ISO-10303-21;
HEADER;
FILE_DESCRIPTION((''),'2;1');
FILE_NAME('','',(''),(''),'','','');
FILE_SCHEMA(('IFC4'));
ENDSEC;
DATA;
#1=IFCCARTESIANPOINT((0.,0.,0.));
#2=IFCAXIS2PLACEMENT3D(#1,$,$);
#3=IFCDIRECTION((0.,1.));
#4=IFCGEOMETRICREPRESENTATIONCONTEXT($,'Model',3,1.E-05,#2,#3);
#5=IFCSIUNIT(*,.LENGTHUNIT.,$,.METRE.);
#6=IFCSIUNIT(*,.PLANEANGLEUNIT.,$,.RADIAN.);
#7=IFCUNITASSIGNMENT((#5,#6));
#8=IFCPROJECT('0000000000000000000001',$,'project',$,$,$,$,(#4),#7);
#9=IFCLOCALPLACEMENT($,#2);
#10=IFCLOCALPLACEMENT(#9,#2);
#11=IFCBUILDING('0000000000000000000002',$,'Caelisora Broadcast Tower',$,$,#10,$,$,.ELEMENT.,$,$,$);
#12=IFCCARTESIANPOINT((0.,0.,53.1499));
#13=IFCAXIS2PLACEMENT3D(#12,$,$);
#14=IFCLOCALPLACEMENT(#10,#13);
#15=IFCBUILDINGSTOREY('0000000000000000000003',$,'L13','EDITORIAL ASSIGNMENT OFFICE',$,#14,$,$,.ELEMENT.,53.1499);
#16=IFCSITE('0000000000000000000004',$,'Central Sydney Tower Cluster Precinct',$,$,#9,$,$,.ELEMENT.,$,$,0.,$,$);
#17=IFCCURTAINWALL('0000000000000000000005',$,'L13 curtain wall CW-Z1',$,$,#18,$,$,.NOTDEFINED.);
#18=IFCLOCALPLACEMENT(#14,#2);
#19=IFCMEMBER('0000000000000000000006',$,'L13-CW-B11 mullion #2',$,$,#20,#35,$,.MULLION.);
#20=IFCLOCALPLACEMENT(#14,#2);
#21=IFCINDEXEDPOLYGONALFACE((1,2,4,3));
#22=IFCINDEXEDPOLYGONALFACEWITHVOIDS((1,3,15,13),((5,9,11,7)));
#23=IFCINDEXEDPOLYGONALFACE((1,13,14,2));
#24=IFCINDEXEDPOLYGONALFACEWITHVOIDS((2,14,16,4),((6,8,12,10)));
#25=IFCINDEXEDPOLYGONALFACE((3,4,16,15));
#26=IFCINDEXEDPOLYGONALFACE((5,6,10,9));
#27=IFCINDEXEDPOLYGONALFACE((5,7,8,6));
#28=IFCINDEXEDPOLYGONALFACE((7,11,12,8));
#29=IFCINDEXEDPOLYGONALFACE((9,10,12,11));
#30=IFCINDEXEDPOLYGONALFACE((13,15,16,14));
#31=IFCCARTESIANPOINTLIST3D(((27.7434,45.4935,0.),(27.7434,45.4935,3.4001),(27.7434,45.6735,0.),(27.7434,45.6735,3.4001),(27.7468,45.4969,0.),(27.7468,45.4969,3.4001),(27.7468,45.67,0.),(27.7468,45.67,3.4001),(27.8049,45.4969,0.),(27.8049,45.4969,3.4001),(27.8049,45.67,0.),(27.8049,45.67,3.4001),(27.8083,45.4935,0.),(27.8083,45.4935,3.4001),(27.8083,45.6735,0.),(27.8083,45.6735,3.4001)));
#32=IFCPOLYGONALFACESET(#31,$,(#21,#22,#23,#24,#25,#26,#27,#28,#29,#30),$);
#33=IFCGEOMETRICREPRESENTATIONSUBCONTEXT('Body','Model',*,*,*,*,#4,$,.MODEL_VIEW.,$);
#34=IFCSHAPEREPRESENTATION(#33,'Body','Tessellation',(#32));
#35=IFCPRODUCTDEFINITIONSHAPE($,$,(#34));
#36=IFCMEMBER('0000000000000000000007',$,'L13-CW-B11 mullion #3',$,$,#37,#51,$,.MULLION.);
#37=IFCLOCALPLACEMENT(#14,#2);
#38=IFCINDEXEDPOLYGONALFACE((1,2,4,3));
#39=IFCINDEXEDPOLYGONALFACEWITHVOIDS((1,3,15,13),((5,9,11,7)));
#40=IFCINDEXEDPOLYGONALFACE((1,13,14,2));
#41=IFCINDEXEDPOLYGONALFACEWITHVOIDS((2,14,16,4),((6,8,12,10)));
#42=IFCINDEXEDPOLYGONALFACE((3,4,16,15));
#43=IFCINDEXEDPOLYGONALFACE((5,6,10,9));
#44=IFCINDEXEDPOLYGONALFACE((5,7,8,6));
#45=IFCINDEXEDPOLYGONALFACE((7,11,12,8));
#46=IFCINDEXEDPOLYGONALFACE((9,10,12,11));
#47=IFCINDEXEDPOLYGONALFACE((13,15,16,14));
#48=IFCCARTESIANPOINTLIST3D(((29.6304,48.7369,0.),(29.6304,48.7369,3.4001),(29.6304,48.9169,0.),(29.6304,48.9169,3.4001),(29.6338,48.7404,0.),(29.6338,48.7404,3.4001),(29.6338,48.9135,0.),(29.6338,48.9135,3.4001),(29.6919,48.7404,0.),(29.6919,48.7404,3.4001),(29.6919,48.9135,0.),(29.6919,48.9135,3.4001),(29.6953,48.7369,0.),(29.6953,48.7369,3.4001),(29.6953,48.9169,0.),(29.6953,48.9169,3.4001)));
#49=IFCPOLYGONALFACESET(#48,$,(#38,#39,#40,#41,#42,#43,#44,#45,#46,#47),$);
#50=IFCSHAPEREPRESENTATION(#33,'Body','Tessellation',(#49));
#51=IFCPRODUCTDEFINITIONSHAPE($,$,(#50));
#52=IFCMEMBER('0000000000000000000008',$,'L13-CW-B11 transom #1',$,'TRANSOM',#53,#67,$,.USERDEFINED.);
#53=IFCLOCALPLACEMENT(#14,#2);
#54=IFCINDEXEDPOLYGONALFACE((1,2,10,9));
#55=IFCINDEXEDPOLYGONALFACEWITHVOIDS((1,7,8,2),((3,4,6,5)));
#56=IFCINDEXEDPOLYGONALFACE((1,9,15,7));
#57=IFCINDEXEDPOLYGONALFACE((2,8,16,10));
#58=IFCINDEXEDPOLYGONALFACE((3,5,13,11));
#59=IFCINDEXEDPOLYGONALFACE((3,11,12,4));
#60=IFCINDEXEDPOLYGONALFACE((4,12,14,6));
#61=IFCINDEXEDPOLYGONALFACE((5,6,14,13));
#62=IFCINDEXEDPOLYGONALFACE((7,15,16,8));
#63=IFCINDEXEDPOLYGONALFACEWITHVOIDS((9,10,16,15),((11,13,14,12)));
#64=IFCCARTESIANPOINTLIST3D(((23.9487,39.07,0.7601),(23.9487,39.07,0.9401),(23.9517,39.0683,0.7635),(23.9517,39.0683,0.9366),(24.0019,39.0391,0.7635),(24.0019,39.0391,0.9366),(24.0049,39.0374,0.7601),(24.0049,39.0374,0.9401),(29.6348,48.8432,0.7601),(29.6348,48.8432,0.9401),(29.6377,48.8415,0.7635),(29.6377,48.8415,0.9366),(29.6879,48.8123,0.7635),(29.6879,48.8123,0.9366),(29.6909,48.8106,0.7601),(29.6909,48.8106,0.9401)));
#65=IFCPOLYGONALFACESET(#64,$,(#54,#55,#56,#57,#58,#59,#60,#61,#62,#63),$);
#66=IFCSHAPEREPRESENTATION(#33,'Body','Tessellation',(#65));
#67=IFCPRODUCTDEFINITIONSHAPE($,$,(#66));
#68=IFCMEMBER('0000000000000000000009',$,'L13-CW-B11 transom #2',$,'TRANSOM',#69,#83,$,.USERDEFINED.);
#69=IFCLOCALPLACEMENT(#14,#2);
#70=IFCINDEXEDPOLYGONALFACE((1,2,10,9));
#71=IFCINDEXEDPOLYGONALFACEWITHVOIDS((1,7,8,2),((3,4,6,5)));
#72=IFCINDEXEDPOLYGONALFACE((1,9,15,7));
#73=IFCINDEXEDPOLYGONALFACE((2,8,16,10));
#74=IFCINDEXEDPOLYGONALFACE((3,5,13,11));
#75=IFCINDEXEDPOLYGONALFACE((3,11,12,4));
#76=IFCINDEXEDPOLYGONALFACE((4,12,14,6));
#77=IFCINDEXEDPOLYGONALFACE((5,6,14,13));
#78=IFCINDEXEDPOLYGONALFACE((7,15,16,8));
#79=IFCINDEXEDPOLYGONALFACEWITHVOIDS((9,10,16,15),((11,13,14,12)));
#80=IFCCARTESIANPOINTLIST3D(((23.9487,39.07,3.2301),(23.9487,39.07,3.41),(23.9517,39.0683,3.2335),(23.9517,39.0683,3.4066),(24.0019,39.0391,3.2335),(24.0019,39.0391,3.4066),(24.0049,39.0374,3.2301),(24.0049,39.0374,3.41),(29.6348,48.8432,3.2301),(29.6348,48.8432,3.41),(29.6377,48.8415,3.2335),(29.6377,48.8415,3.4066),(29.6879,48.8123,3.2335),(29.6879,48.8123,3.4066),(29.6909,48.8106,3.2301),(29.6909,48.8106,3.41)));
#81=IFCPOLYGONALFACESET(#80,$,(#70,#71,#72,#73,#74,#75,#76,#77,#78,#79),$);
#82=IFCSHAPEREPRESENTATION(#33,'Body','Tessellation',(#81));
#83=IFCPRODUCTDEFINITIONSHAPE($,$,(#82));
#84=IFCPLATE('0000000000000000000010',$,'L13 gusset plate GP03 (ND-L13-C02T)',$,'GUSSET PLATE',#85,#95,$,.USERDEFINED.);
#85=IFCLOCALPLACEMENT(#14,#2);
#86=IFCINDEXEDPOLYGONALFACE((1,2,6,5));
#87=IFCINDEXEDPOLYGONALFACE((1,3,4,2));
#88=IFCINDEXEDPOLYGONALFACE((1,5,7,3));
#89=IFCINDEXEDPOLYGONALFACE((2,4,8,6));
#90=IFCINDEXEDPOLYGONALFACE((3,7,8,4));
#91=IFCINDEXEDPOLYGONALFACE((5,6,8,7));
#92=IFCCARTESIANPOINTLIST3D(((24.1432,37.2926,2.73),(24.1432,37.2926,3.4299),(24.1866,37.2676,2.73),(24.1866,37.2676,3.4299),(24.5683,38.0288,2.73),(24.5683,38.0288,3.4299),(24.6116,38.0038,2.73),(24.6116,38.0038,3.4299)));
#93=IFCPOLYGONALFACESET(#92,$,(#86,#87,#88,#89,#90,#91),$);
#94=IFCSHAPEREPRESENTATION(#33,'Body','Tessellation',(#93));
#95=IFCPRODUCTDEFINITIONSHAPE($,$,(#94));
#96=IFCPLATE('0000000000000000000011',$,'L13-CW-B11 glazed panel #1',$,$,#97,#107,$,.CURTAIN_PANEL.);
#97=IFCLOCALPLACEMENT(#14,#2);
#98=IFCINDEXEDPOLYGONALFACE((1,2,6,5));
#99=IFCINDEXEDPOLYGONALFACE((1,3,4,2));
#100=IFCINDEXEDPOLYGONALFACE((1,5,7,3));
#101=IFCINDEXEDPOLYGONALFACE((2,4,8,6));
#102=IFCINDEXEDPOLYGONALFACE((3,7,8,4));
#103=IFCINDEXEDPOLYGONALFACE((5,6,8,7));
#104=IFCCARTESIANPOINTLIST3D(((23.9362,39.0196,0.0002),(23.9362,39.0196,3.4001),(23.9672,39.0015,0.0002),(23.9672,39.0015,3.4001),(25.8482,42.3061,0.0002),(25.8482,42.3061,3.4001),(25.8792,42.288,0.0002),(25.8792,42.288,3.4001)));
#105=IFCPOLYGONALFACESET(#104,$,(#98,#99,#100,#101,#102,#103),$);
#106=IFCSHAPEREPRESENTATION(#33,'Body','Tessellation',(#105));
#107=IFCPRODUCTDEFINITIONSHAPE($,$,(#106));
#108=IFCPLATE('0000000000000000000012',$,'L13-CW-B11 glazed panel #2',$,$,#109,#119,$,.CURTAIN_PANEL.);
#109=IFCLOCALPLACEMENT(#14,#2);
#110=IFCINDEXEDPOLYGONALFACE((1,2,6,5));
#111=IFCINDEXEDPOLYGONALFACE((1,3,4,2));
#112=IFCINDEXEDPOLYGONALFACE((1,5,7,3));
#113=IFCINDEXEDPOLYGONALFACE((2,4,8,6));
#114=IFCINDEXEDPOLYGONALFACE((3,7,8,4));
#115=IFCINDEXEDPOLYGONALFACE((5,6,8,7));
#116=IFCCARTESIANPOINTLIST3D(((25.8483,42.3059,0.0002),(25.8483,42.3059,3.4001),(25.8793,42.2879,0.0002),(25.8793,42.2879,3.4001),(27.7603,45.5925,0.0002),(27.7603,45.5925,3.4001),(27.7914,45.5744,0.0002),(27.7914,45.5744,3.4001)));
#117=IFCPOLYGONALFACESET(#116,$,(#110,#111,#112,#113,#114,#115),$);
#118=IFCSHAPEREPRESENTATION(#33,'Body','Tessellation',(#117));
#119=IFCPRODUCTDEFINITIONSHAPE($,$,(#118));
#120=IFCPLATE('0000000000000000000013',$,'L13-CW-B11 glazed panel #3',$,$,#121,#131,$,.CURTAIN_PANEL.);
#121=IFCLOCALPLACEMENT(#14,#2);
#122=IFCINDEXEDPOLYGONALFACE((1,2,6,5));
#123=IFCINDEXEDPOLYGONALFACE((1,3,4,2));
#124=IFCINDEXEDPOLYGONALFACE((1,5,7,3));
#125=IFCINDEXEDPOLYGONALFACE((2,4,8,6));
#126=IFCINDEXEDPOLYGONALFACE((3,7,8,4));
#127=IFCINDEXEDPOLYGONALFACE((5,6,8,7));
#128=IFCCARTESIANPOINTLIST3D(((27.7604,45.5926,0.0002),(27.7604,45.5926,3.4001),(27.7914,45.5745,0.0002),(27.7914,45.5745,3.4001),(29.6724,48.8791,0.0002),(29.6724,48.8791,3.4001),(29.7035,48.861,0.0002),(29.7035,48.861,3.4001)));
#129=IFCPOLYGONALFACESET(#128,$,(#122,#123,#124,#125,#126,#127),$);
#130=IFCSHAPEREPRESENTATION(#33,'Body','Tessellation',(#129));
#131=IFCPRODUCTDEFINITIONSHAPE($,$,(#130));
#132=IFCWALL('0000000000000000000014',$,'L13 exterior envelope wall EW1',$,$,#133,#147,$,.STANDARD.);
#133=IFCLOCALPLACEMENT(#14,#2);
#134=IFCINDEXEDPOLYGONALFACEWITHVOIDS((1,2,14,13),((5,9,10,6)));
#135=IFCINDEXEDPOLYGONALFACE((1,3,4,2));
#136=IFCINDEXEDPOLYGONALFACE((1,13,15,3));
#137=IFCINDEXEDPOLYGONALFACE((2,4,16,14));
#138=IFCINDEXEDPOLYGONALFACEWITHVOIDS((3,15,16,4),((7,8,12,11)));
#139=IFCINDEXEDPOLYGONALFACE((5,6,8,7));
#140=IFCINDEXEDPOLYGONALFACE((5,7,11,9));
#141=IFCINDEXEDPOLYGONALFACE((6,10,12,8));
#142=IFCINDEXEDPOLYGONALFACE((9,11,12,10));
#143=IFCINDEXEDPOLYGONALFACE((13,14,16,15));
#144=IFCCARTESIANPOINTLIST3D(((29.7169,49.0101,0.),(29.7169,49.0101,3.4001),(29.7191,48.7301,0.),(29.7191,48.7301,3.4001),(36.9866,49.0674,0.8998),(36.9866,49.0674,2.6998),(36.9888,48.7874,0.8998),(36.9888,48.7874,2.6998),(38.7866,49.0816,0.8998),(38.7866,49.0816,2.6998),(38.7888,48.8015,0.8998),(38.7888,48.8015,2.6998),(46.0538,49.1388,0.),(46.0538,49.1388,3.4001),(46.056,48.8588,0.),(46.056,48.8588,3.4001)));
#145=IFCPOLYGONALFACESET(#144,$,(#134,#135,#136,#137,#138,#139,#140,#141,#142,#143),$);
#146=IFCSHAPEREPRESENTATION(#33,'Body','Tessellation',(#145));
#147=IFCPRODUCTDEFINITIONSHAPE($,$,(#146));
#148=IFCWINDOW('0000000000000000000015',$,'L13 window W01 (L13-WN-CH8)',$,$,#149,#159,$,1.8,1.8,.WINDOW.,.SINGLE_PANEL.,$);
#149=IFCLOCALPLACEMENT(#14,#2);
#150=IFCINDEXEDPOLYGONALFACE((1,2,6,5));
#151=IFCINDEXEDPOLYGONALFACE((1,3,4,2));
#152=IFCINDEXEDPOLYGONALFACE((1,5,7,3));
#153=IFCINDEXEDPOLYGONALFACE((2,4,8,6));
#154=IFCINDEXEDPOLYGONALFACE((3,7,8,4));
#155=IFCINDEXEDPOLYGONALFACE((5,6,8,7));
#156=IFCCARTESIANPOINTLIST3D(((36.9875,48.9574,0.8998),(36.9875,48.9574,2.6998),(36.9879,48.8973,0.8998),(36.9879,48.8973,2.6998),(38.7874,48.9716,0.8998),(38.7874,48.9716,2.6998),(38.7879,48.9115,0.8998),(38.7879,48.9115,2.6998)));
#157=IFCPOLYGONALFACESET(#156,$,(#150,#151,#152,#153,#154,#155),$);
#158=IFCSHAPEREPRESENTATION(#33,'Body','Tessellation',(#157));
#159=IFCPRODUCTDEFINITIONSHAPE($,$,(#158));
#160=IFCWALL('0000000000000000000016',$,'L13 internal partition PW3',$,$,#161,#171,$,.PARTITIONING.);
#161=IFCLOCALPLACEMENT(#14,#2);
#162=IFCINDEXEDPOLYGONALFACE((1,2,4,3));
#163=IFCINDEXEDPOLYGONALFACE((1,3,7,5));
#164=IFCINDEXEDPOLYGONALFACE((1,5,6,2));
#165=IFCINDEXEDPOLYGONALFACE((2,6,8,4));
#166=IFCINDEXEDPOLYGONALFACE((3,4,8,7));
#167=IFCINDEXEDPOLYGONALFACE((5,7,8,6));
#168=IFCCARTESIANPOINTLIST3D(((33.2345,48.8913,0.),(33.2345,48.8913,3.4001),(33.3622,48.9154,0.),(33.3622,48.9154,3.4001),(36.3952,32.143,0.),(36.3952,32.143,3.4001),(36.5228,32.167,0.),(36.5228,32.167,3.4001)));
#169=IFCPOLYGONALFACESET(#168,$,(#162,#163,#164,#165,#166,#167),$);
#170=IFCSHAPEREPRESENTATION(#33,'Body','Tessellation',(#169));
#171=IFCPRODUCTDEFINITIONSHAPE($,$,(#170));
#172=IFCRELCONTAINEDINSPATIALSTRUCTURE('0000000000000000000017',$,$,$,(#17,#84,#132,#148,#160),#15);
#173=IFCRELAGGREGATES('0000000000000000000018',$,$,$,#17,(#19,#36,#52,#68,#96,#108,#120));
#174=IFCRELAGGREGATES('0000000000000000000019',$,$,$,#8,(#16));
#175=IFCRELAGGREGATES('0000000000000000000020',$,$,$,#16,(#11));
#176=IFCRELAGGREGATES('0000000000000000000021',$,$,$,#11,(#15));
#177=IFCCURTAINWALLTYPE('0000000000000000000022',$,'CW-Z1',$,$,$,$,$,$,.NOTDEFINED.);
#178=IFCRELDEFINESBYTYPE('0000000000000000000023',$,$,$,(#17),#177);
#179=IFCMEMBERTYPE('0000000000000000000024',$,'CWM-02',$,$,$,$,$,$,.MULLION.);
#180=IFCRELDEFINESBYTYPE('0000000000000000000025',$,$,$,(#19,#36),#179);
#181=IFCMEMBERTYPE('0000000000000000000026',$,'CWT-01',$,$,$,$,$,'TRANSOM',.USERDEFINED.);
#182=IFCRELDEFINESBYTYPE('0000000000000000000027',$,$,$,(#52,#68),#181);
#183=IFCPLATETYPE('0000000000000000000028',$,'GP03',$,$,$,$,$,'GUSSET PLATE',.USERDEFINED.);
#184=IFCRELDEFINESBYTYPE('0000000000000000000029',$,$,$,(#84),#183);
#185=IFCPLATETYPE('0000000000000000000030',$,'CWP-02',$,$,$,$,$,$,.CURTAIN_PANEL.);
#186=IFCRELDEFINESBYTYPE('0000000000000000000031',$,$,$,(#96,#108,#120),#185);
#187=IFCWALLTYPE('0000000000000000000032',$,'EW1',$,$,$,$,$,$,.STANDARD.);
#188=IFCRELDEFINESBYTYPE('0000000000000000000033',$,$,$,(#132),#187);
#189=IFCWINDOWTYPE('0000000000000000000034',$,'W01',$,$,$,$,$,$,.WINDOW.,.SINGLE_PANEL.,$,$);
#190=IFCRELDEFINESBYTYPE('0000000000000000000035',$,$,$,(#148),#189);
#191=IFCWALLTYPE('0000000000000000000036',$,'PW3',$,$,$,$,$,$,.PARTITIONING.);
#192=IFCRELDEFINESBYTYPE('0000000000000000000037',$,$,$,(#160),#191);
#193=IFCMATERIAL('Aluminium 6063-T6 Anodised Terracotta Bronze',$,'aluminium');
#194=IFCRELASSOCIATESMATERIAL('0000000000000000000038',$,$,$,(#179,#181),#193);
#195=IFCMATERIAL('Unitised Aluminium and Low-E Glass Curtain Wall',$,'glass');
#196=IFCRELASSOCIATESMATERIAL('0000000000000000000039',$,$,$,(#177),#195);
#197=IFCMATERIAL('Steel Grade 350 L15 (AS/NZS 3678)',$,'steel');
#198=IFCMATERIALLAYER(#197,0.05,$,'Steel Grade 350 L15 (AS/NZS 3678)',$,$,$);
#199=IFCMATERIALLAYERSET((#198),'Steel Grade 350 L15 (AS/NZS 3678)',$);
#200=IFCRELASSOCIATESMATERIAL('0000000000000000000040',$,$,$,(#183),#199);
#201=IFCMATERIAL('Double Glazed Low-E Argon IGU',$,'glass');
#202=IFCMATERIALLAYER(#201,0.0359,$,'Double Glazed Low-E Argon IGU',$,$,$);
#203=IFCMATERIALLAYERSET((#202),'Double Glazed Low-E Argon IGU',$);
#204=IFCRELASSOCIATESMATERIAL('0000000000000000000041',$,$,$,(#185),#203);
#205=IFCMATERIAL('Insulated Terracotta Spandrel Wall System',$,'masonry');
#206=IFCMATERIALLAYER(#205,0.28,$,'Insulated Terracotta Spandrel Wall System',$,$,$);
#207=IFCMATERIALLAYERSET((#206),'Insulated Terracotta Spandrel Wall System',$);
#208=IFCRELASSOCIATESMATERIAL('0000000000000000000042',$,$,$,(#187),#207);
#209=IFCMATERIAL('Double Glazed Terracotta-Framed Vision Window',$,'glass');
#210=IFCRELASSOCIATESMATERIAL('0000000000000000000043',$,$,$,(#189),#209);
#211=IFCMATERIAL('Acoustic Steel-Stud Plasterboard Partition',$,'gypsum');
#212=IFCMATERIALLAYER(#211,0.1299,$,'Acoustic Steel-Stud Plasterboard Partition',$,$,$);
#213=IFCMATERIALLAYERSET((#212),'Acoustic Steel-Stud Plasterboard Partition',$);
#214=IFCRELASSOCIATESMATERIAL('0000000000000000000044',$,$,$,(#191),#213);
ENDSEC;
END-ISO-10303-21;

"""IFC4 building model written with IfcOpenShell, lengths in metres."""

from ifc_helpers import new_model, si_unit, direction, frame, frame_2d, origin, origin_2d, place, context, subcontext, project, spatial, rectangle, hollow_rectangle, extrude, source, transform, mapped, material, layer, layer_set, material_profile, profile_set, type_object, type_shapes, element, fill, aggregate, save


model = new_model("IFC4")

# Units and contexts
model_context = context("Model", 3, precision=1e-05, world=origin(), true_north=direction((0.0, 1.0)))
body_context = subcontext(model_context, "Body", "Model", "MODEL_VIEW")
ifc_project = project(units=[si_unit("LENGTHUNIT", "METRE"), si_unit("PLANEANGLEUNIT", "RADIAN")], contexts=[model_context])

# Site, building, storey
site_placement = place(None, origin())
site = spatial("IfcSite", under=ifc_project, at=site_placement, Name="Central Sydney Tower Cluster Precinct", CompositionType="ELEMENT", RefElevation=0.0)
building_placement = place(site_placement, origin())
building = spatial("IfcBuilding", under=site, at=building_placement, Name="Caelisora Broadcast Tower", CompositionType="ELEMENT")
storey_placement = place(building_placement, frame((0.0, 0.0, 53.1499)))
storey = spatial("IfcBuildingStorey", under=building, at=storey_placement, Name="L13", Description="EDITORIAL ASSIGNMENT OFFICE", CompositionType="ELEMENT", Elevation=53.1499)

# Shared definitions
ifc_material_1 = material(Name="Steel Grade 350 L15 (AS/NZS 3678)", Category="steel")

# Shared definitions
ifc_material_2 = material(Name="Aluminium 6063-T6 Anodised Terracotta Bronze", Category="aluminium")
ifc_material_profile_1 = material_profile(ifc_material_2, hollow_rectangle(XDim=0.0649, YDim=0.1799, WallThickness=0.0034, at=origin_2d()), Name="Aluminium 6063-T6 Anodised Terracotta Bronze")
ifc_profile_set_1 = profile_set([ifc_material_profile_1], Name="Aluminium 6063-T6 Anodised Terracotta Bronze")
member_type_1 = type_object("IfcMemberType", Name="CWM-02", PredefinedType="MULLION", material=ifc_profile_set_1)
shared_shape_1 = source(origin(), body_context, "Body", "SweptSolid", [
    extrude(hollow_rectangle(XDim=0.0649, YDim=0.1799, WallThickness=0.0034, at=origin_2d()), origin(), (0.0, 0.0, 1.0), 3.4001),
])
type_shapes(member_type_1, [shared_shape_1])

# Curtain wall, members
ifc_material_3 = material(Name="Unitised Aluminium and Low-E Glass Curtain Wall", Category="glass")
curtain_wall_type_1 = type_object("IfcCurtainWallType", Name="CW-Z1", PredefinedType="NOTDEFINED", material=ifc_material_3)
curtain_wall_1_placement = place(storey_placement, origin())
curtain_wall_1 = element("IfcCurtainWall", 1, at=curtain_wall_1_placement, inside=storey, type_object=curtain_wall_type_1, Name="L13 curtain wall CW-Z1", PredefinedType="NOTDEFINED")
member_1_placement = place(storey_placement, frame((27.7759, 45.5835, 0.0), z_axis=(0.0, 0.0, 1.0), x_axis=(1.0, 0.0, 0.0)))
member_1 = element("IfcMember", 2, at=member_1_placement, type_object=member_type_1, Name="L13-CW-B11 mullion #2", PredefinedType="MULLION", context=body_context, shape_type="MappedRepresentation", body=[
    mapped(shared_shape_1, transform((0.0, 0.0, 0.0), scale=1.0)),
])
member_2_placement = place(storey_placement, frame((29.6628, 48.8269, 0.0), z_axis=(0.0, 0.0, 1.0), x_axis=(1.0, 0.0, 0.0)))
member_2 = element("IfcMember", 3, at=member_2_placement, type_object=member_type_1, Name="L13-CW-B11 mullion #3", PredefinedType="MULLION", context=body_context, shape_type="MappedRepresentation", body=[
    mapped(shared_shape_1, transform((0.0, 0.0, 0.0), scale=1.0)),
])
ifc_material_profile_2 = material_profile(ifc_material_2, hollow_rectangle(XDim=0.0649, YDim=0.1799, WallThickness=0.0034, at=origin_2d()), Name="Aluminium 6063-T6 Anodised Terracotta Bronze")
ifc_profile_set_2 = profile_set([ifc_material_profile_2], Name="Aluminium 6063-T6 Anodised Terracotta Bronze")
member_type_2 = type_object("IfcMemberType", Name="CWT-01", ElementType="TRANSOM", PredefinedType="USERDEFINED", material=ifc_profile_set_2)
shared_shape_2 = source(origin(), body_context, "Body", "SweptSolid", [
    extrude(hollow_rectangle(XDim=0.0649, YDim=0.1799, WallThickness=0.0034, at=origin_2d()), origin(), (0.0, 0.0, 1.0), 11.3069),
])
type_shapes(member_type_2, [shared_shape_2])
member_3_placement = place(storey_placement, frame((23.9768, 39.0537, 0.8501), z_axis=(0.502881, 0.864356, 0.0), x_axis=(-0.864356, 0.502881, 0.0)))
member_3 = element("IfcMember", 4, at=member_3_placement, type_object=member_type_2, Name="L13-CW-B11 transom #1", ObjectType="TRANSOM", PredefinedType="USERDEFINED", context=body_context, shape_type="MappedRepresentation", body=[
    mapped(shared_shape_2, transform((0.0, 0.0, 0.0), scale=1.0)),
])
member_4_placement = place(storey_placement, frame((23.9768, 39.0537, 3.3201), z_axis=(0.502881, 0.864356, 0.0), x_axis=(-0.864356, 0.502881, 0.0)))
member_4 = element("IfcMember", 5, at=member_4_placement, type_object=member_type_2, Name="L13-CW-B11 transom #2", ObjectType="TRANSOM", PredefinedType="USERDEFINED", context=body_context, shape_type="MappedRepresentation", body=[
    mapped(shared_shape_2, transform((0.0, 0.0, 0.0), scale=1.0)),
])

# Plates
ifc_layer_1 = layer(ifc_material_1, 0.05, Name="Steel Grade 350 L15 (AS/NZS 3678)")
ifc_layer_set_1 = layer_set([ifc_layer_1], Name="Steel Grade 350 L15 (AS/NZS 3678)")
plate_type_1 = type_object("IfcPlateType", Name="GP03", ElementType="GUSSET PLATE", PredefinedType="USERDEFINED", material=ifc_layer_set_1)
shared_shape_3 = source(origin(), body_context, "Body", "SweptSolid", [
    extrude(rectangle(XDim=0.8501, YDim=0.05, at=origin_2d()), origin(), (0.0, 0.0, 1.0), 0.7),
])
type_shapes(plate_type_1, [shared_shape_3])
plate_1_placement = place(storey_placement, frame((24.3774, 37.6482, 2.73), z_axis=(0.0, 0.0, 1.0), x_axis=(-0.5, -0.866025, 0.0)))
element("IfcPlate", 6, at=plate_1_placement, inside=storey, type_object=plate_type_1, Name="L13 gusset plate GP03 (ND-L13-C02T)", ObjectType="GUSSET PLATE", PredefinedType="USERDEFINED", context=body_context, shape_type="MappedRepresentation", body=[
    mapped(shared_shape_3, transform((0.0, 0.0, 0.0), scale=1.0)),
])
ifc_material_4 = material(Name="Double Glazed Low-E Argon IGU", Category="glass")
ifc_layer_2 = layer(ifc_material_4, 0.0359, Name="Double Glazed Low-E Argon IGU")
ifc_layer_set_2 = layer_set([ifc_layer_2], Name="Double Glazed Low-E Argon IGU")
plate_type_2 = type_object("IfcPlateType", Name="CWP-02", PredefinedType="CURTAIN_PANEL", material=ifc_layer_set_2)
shared_shape_4 = source(origin(), body_context, "Body", "SweptSolid", [
    extrude(rectangle(XDim=3.8022, YDim=0.0359, at=origin_2d()), origin(), (0.0, 0.0, 1.0), 3.3999),
])
type_shapes(plate_type_2, [shared_shape_4])
plate_2_placement = place(storey_placement, frame((24.9077, 40.6538, 0.0002), z_axis=(0.0, 0.0, 1.0), x_axis=(0.502869, 0.864363, 0.0)))
plate_2 = element("IfcPlate", 7, at=plate_2_placement, type_object=plate_type_2, Name="L13-CW-B11 glazed panel #1", PredefinedType="CURTAIN_PANEL", context=body_context, shape_type="MappedRepresentation", body=[
    mapped(shared_shape_4, transform((0.0, 0.0, 0.0), scale=1.0)),
])
plate_3_placement = place(storey_placement, frame((26.8198, 43.9402, 0.0002), z_axis=(0.0, 0.0, 1.0), x_axis=(0.502869, 0.864363, 0.0)))
plate_3 = element("IfcPlate", 8, at=plate_3_placement, type_object=plate_type_2, Name="L13-CW-B11 glazed panel #2", PredefinedType="CURTAIN_PANEL", context=body_context, shape_type="MappedRepresentation", body=[
    mapped(shared_shape_4, transform((0.0, 0.0, 0.0), scale=1.0)),
])
plate_4_placement = place(storey_placement, frame((28.7319, 47.2268, 0.0002), z_axis=(0.0, 0.0, 1.0), x_axis=(0.502869, 0.864363, 0.0)))
plate_4 = element("IfcPlate", 9, at=plate_4_placement, type_object=plate_type_2, Name="L13-CW-B11 glazed panel #3", PredefinedType="CURTAIN_PANEL", context=body_context, shape_type="MappedRepresentation", body=[
    mapped(shared_shape_4, transform((0.0, 0.0, 0.0), scale=1.0)),
])
aggregate(curtain_wall_1, [member_1, member_2, member_3, member_4, plate_2, plate_3, plate_4])

# Wall, opening, window
ifc_material_5 = material(Name="Insulated Terracotta Spandrel Wall System", Category="masonry")
ifc_layer_3 = layer(ifc_material_5, 0.28, Name="Insulated Terracotta Spandrel Wall System")
ifc_layer_set_3 = layer_set([ifc_layer_3], Name="Insulated Terracotta Spandrel Wall System")
wall_type_1 = type_object("IfcWallType", Name="EW1", PredefinedType="STANDARD", material=ifc_layer_set_3)
wall_1_placement = place(storey_placement, frame((29.718, 48.8701, 0.0), z_axis=(0.0, 0.0, 1.0), x_axis=(0.999969, 0.007875, 0.0)))
wall_1 = element("IfcWall", 10, at=wall_1_placement, inside=storey, type_object=wall_type_1, Name="L13 exterior envelope wall EW1", PredefinedType="STANDARD", context=body_context, shape_type="SweptSolid", body=[
    extrude(rectangle(XDim=16.3374, YDim=0.28, at=frame_2d((8.1687, 0.0))), origin(), (0.0, 0.0, 1.0), 3.4001),
])
opening_placement = place(wall_1_placement, frame((7.27, 0.0, 0.8999)))
opening = element("IfcOpeningElement", 11, at=opening_placement, cuts=wall_1, PredefinedType="OPENING", context=body_context, shape_type="SweptSolid", body=[
    extrude(rectangle(XDim=1.8, YDim=1.8, at=frame_2d((0.8999, 0.8999))), frame((0.0, 0.1521, 0.0), z_axis=(0.0, -1.0, 0.0), x_axis=(1.0, 0.0, 0.0)), (0.0, 0.0, 1.0), 0.304),
])
ifc_material_6 = material(Name="Double Glazed Terracotta-Framed Vision Window", Category="glass")
window_type = type_object("IfcWindowType", Name="W01", PartitioningType="SINGLE_PANEL", PredefinedType="WINDOW", material=ifc_material_6)
window_placement = place(opening_placement, origin())
window = element("IfcWindow", 12, at=window_placement, inside=storey, type_object=window_type, Name="L13 window W01 (L13-WN-CH8)", OverallHeight=1.8, OverallWidth=1.8, PartitioningType="SINGLE_PANEL", PredefinedType="WINDOW", context=body_context, shape_type="SweptSolid", body=[
    extrude(rectangle(XDim=1.8, YDim=1.8, at=frame_2d((0.8999, 0.8999))), frame((0.0, 0.03, 0.0), z_axis=(0.0, -1.0, 0.0), x_axis=(1.0, 0.0, 0.0)), (0.0, 0.0, 1.0), 0.0601),
])
fill(opening, window)

# Wall
ifc_material_7 = material(Name="Acoustic Steel-Stud Plasterboard Partition", Category="gypsum")
ifc_layer_4 = layer(ifc_material_7, 0.1299, Name="Acoustic Steel-Stud Plasterboard Partition")
ifc_layer_set_4 = layer_set([ifc_layer_4], Name="Acoustic Steel-Stud Plasterboard Partition")
wall_type_2 = type_object("IfcWallType", Name="PW3", PredefinedType="PARTITIONING", material=ifc_layer_set_4)
wall_2_placement = place(storey_placement, frame((33.2983, 48.9033, 0.0), z_axis=(0.0, 0.0, 1.0), x_axis=(0.185441, -0.982655, 0.0)))
element("IfcWall", 13, at=wall_2_placement, inside=storey, type_object=wall_type_2, Name="L13 internal partition PW3", PredefinedType="PARTITIONING", context=body_context, shape_type="SweptSolid", body=[
    extrude(rectangle(XDim=17.0439, YDim=0.1299, at=frame_2d((8.522, 0.0))), origin(), (0.0, 0.0, 1.0), 3.4001),
])

save(model, "model.ifc")
